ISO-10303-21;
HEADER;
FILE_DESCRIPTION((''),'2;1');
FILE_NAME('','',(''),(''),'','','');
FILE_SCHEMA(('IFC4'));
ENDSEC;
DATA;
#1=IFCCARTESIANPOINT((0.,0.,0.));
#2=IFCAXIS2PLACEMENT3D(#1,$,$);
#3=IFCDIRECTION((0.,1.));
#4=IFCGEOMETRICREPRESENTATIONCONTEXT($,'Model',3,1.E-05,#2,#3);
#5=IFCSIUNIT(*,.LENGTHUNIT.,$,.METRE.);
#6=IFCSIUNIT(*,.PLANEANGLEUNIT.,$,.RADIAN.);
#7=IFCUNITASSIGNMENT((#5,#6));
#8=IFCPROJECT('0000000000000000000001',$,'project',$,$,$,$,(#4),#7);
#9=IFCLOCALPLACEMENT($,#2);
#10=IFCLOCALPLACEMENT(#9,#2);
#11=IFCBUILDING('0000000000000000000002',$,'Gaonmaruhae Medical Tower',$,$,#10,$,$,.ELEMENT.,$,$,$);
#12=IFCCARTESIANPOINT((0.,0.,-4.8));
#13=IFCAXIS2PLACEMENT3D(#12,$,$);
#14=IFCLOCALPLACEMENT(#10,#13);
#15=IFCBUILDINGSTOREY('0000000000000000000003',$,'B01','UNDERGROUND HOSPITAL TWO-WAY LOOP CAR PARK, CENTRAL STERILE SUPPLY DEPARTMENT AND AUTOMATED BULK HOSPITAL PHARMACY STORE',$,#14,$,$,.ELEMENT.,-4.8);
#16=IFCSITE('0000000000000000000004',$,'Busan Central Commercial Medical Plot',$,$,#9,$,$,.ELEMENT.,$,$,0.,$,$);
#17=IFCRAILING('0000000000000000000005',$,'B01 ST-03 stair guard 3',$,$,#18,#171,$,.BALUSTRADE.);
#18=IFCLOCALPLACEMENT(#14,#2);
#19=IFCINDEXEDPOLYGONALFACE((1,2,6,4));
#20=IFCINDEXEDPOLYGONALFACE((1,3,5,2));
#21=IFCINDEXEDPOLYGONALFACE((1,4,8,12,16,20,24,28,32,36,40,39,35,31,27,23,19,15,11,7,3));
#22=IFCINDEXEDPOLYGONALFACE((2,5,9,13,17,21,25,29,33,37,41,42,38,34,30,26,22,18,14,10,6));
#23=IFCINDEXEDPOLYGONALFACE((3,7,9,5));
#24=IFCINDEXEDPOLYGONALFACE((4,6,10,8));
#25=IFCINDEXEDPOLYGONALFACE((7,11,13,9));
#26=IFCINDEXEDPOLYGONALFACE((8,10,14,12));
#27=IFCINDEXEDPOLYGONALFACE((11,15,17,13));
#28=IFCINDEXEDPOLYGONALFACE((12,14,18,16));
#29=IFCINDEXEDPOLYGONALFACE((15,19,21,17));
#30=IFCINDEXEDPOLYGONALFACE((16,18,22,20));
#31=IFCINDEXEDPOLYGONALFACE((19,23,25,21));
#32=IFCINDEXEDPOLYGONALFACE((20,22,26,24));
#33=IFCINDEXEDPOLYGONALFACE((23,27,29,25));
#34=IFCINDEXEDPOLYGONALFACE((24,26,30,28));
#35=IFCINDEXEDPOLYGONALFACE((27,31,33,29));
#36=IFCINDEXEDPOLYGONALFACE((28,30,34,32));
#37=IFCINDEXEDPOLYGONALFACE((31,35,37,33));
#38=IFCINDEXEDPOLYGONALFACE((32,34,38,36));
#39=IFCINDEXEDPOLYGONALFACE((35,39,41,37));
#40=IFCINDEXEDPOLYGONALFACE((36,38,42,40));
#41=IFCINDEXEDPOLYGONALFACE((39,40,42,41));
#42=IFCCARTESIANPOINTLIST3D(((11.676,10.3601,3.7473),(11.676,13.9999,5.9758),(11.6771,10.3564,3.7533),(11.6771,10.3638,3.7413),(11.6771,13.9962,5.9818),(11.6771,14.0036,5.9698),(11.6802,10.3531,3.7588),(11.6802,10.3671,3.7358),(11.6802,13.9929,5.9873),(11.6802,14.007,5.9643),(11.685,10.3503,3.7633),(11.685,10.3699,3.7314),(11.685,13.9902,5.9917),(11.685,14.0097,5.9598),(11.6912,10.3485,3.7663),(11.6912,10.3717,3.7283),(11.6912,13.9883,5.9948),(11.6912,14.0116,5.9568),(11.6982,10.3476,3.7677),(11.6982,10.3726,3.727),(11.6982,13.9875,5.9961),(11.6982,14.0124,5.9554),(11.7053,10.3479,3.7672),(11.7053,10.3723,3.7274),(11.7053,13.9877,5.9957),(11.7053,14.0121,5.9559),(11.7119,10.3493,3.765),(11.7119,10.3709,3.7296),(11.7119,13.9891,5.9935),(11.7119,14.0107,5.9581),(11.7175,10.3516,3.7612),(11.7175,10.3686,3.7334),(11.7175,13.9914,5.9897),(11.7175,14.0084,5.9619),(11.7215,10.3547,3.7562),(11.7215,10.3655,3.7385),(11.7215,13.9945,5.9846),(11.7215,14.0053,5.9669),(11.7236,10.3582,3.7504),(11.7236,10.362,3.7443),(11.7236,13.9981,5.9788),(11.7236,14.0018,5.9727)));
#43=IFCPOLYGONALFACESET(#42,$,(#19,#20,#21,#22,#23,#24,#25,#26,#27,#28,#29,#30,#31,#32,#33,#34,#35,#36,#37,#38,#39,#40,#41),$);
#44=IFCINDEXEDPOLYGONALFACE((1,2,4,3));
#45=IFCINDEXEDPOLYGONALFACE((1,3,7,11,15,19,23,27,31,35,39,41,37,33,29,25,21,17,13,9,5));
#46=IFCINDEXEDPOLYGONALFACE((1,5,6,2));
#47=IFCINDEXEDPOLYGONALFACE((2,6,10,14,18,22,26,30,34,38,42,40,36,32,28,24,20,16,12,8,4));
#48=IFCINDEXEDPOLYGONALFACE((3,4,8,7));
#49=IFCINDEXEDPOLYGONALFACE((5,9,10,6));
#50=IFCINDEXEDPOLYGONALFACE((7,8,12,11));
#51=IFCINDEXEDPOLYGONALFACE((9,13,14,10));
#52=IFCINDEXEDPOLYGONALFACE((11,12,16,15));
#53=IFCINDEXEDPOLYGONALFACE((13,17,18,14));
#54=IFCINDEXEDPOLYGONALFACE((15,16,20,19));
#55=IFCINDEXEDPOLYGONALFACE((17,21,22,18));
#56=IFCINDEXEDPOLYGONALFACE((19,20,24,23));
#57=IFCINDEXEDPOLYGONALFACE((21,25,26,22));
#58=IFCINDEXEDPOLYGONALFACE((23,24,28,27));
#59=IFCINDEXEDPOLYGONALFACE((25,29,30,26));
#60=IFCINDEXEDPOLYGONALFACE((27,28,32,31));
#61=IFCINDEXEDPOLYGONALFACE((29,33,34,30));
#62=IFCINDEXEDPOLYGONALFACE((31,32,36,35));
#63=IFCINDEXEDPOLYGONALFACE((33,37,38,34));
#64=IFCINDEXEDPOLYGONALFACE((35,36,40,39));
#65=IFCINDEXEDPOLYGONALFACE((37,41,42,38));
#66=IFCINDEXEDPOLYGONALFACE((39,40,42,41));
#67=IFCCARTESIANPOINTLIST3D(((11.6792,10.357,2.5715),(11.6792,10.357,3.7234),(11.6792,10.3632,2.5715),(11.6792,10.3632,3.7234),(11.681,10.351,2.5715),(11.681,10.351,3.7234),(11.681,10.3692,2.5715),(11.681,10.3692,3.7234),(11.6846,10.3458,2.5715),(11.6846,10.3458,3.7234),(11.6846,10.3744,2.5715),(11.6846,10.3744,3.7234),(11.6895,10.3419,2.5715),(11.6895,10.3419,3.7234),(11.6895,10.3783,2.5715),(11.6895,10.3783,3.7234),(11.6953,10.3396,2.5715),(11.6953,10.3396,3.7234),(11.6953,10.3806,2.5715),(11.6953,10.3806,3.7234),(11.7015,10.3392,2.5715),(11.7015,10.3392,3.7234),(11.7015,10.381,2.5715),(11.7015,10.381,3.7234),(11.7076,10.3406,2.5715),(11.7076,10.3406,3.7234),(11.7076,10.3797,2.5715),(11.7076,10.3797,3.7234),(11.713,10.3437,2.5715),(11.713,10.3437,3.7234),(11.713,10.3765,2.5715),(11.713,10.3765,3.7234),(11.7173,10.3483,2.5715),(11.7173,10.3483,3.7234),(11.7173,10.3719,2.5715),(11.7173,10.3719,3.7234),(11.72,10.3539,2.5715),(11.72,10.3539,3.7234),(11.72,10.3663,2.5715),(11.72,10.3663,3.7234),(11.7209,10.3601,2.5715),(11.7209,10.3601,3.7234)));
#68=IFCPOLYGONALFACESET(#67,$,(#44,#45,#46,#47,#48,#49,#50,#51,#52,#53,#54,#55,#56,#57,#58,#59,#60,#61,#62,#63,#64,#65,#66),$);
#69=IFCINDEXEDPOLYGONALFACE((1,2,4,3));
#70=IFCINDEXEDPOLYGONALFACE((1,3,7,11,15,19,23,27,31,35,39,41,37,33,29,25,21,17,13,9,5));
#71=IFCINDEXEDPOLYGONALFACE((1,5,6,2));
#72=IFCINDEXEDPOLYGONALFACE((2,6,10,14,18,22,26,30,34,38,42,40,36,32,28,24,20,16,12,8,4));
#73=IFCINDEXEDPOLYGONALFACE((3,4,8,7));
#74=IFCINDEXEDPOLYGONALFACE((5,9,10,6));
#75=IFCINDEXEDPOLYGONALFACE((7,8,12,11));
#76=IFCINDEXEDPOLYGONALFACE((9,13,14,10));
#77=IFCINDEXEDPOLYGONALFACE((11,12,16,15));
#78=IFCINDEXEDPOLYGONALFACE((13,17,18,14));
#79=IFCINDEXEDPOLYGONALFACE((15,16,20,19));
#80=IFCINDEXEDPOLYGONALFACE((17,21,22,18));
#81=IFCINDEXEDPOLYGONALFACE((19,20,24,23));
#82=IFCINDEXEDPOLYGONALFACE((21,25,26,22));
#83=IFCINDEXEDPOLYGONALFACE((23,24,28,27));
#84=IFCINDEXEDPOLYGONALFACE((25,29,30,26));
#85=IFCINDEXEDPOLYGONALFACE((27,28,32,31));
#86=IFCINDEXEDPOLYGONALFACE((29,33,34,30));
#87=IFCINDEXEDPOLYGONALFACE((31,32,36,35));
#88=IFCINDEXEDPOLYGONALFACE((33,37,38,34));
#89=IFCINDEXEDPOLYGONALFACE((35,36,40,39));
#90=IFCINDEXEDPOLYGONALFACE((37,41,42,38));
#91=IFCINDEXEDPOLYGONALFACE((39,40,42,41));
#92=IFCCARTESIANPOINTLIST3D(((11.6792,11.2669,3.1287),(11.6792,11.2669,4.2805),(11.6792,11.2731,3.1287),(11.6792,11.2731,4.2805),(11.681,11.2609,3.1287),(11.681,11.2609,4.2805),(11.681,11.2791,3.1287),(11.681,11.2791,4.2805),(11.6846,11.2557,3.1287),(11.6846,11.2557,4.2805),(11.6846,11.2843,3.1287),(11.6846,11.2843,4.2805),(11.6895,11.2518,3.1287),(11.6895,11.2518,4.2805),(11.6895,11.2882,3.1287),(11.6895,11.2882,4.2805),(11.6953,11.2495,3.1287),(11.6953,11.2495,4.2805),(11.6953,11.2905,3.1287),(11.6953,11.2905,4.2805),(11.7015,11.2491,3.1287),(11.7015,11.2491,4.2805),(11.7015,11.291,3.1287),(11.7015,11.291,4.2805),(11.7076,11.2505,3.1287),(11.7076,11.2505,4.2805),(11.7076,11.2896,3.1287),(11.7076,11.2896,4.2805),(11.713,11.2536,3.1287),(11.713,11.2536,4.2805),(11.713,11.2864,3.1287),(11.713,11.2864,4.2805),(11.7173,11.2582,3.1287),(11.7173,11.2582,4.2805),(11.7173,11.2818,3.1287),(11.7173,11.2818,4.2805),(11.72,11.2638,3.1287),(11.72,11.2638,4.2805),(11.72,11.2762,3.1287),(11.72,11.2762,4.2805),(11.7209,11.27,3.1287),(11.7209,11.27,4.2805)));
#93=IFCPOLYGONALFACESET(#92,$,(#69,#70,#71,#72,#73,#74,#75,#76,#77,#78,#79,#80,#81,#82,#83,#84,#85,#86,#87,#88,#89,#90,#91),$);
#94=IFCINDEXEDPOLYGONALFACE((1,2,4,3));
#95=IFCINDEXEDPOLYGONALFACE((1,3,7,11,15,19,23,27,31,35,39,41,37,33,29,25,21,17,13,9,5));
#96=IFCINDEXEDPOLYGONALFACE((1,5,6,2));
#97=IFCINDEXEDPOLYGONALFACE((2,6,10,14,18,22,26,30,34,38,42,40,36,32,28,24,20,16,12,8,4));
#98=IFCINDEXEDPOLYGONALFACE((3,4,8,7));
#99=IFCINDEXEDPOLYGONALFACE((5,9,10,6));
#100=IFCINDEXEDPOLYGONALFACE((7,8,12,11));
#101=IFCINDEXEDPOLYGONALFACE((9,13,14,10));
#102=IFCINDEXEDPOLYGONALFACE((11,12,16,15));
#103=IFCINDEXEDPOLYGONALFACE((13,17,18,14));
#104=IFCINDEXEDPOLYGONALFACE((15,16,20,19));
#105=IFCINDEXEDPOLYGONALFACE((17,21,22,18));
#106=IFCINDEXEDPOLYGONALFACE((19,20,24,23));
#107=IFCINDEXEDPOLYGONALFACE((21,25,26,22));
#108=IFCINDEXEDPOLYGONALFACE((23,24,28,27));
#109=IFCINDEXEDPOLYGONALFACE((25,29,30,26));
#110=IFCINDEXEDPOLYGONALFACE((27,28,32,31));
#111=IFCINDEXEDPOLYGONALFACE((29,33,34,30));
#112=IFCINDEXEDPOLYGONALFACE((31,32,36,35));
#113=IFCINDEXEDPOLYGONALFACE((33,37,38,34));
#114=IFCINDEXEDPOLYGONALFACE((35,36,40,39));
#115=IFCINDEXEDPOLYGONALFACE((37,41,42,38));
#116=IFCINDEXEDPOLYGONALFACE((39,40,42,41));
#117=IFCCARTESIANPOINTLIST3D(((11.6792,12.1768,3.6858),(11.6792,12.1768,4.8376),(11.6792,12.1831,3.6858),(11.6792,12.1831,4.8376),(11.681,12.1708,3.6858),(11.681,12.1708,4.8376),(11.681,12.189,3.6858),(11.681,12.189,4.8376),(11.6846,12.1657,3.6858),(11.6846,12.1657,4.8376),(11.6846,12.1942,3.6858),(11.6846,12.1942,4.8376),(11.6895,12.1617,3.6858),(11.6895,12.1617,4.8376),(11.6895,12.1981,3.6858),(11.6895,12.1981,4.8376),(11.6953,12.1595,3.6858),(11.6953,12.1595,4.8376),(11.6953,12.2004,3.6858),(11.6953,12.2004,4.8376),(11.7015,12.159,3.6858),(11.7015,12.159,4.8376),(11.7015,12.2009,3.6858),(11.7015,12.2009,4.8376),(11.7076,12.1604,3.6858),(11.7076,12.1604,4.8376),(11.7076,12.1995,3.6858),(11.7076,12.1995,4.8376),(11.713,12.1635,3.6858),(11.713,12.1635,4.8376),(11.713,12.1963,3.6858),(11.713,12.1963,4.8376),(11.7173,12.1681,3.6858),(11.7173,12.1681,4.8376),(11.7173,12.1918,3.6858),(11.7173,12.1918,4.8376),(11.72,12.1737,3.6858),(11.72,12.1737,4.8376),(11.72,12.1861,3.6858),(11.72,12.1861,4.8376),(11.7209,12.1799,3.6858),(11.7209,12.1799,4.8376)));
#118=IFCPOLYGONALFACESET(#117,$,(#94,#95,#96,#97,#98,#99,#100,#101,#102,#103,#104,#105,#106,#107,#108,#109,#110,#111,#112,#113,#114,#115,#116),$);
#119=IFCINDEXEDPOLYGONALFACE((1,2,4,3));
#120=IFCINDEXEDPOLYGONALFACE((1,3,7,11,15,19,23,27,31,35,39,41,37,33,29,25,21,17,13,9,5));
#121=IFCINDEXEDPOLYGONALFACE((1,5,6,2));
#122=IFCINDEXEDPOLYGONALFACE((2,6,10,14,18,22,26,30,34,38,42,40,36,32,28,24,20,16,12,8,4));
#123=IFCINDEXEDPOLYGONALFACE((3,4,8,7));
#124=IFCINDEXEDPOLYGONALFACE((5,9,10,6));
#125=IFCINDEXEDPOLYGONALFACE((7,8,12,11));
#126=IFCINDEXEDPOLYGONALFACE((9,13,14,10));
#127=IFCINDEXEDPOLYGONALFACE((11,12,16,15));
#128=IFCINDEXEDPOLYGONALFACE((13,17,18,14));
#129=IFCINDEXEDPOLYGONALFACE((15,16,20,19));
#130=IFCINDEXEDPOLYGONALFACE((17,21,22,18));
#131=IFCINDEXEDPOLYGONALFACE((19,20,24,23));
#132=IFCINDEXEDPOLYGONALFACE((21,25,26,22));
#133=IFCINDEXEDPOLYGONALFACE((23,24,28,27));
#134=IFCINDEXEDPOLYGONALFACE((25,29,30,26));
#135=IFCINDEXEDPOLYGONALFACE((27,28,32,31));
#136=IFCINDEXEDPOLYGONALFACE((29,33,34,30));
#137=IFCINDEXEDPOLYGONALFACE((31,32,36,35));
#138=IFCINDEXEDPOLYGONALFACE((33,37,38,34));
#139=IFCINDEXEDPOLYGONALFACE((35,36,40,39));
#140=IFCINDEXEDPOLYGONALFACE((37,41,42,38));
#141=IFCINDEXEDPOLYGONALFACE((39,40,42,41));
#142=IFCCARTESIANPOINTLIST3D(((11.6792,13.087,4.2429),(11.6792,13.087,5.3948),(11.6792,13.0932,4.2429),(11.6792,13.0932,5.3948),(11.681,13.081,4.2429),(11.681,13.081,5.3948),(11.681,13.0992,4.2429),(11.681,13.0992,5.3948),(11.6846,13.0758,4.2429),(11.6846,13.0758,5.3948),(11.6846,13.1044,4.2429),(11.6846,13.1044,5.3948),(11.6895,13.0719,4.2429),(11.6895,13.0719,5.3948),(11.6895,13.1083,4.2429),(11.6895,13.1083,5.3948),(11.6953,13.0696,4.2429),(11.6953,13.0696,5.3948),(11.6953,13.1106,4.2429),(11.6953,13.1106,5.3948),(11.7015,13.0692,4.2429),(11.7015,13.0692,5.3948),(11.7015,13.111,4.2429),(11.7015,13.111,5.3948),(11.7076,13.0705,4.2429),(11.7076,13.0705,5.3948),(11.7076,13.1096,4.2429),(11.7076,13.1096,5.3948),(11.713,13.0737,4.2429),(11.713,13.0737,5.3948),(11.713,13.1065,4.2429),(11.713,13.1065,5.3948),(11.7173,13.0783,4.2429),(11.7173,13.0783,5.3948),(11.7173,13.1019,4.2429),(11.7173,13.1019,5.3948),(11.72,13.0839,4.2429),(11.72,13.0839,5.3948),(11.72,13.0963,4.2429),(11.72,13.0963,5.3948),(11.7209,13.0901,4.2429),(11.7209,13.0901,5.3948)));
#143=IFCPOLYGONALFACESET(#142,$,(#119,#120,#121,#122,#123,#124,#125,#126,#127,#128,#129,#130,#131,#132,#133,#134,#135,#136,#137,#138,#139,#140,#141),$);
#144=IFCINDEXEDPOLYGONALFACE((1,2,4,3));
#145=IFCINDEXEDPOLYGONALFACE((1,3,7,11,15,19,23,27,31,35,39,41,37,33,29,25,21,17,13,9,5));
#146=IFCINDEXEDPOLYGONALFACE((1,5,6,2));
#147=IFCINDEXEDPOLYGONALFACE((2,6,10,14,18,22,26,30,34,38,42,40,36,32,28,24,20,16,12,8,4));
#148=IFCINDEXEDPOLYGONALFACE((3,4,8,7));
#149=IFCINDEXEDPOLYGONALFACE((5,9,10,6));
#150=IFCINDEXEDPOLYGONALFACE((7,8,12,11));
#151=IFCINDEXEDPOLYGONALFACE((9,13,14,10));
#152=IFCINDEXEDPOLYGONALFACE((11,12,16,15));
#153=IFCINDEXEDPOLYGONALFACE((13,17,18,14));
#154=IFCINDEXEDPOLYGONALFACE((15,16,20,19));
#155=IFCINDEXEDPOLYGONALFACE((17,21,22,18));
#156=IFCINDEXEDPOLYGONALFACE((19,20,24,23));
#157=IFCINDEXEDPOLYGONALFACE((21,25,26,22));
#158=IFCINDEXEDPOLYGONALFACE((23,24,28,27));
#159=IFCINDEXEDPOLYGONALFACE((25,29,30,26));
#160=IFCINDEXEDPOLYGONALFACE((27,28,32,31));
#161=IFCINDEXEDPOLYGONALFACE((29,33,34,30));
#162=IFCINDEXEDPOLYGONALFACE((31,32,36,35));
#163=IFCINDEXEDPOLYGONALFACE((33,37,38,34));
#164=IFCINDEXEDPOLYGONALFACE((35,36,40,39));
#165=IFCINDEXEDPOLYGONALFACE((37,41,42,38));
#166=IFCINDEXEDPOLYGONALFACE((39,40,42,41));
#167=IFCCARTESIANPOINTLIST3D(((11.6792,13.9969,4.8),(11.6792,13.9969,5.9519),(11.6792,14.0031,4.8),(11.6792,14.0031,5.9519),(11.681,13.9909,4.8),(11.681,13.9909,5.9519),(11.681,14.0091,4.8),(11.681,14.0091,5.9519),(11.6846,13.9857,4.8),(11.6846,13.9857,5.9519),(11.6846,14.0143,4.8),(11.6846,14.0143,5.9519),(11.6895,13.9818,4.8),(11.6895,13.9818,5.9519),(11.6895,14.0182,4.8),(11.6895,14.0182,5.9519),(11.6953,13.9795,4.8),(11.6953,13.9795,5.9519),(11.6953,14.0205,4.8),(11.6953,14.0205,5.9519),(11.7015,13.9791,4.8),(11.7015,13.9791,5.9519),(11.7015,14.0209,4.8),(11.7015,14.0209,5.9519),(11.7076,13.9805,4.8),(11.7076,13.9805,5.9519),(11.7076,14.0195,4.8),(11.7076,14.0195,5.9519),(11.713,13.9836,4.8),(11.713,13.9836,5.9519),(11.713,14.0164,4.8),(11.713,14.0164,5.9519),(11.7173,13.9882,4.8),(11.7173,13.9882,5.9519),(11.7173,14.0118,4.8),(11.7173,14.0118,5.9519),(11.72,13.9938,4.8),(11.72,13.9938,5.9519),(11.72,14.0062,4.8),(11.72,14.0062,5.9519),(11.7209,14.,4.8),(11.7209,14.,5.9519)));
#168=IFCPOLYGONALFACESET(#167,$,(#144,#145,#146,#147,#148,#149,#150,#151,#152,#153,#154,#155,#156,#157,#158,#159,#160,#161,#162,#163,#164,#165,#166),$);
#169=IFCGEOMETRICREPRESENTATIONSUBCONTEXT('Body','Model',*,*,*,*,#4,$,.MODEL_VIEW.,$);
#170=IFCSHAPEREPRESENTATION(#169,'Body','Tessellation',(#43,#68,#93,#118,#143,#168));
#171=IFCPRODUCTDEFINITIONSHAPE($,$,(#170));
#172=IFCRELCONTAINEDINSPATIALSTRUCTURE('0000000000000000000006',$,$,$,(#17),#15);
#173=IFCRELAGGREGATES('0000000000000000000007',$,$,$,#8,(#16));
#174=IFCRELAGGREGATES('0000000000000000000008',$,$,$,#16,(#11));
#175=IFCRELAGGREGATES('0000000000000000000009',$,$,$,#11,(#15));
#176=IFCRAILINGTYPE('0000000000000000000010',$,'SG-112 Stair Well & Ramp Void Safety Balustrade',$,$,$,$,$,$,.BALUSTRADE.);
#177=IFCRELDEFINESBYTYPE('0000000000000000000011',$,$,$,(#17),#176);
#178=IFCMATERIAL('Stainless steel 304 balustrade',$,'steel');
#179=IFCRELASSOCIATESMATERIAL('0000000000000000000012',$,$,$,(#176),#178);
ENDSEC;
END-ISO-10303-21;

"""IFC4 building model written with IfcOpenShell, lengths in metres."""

from ifc_helpers import new_model, si_unit, direction, frame, origin, origin_2d, place, context, subcontext, project, spatial, circle, extrude, material, type_object, element, save


model = new_model("IFC4")

# Units and contexts
model_context = context("Model", 3, precision=1e-05, world=origin(), true_north=direction((0.0, 1.0)))
body_context = subcontext(model_context, "Body", "Model", "MODEL_VIEW")
ifc_project = project(units=[si_unit("LENGTHUNIT", "METRE"), si_unit("PLANEANGLEUNIT", "RADIAN")], contexts=[model_context])

# Site, building, storey
site_placement = place(None, origin())
site = spatial("IfcSite", under=ifc_project, at=site_placement, Name="Busan Central Commercial Medical Plot", CompositionType="ELEMENT", RefElevation=0.0)
building_placement = place(site_placement, origin())
building = spatial("IfcBuilding", under=site, at=building_placement, Name="Gaonmaruhae Medical Tower", CompositionType="ELEMENT")
storey_placement = place(building_placement, frame((0.0, 0.0, -4.8)))
storey = spatial("IfcBuildingStorey", under=building, at=storey_placement, Name="B01", Description="UNDERGROUND HOSPITAL TWO-WAY LOOP CAR PARK, CENTRAL STERILE SUPPLY DEPARTMENT AND AUTOMATED BULK HOSPITAL PHARMACY STORE", CompositionType="ELEMENT", Elevation=-4.8)

# Railing
ifc_material_1 = material(Name="Stainless steel 304 balustrade", Category="steel")
railing_type_1 = type_object("IfcRailingType", Name="SG-112 Stair Well & Ramp Void Safety Balustrade", PredefinedType="BALUSTRADE", material=ifc_material_1)
railing_1_placement = place(storey_placement, frame((11.7, 10.3601, 2.5715)))
element("IfcRailing", 1, at=railing_1_placement, inside=storey, type_object=railing_type_1, Name="B01 ST-03 stair guard 3", PredefinedType="BALUSTRADE", context=body_context, shape_type="SweptSolid", body=[
    extrude(circle(Radius=0.0239, at=origin_2d()), frame((0.0, 0.0, 1.1758), z_axis=(0.0, 0.85285, 0.522156), x_axis=(-1.0, 0.0, 0.0)), (0.0, 0.0, 1.0), 4.2678),
    extrude(circle(Radius=0.021, at=origin_2d()), origin(), (0.0, 0.0, 1.0), 1.1519),
    extrude(circle(Radius=0.021, at=origin_2d()), frame((0.0, 0.9099, 0.5571)), (0.0, 0.0, 1.0), 1.1519),
    extrude(circle(Radius=0.021, at=origin_2d()), frame((0.0, 1.8198, 1.1143)), (0.0, 0.0, 1.0), 1.1519),
    extrude(circle(Radius=0.021, at=origin_2d()), frame((0.0, 2.73, 1.6714)), (0.0, 0.0, 1.0), 1.1519),
    extrude(circle(Radius=0.021, at=origin_2d()), frame((0.0, 3.6399, 2.2285)), (0.0, 0.0, 1.0), 1.1519),
])

save(model, "model.ifc")
